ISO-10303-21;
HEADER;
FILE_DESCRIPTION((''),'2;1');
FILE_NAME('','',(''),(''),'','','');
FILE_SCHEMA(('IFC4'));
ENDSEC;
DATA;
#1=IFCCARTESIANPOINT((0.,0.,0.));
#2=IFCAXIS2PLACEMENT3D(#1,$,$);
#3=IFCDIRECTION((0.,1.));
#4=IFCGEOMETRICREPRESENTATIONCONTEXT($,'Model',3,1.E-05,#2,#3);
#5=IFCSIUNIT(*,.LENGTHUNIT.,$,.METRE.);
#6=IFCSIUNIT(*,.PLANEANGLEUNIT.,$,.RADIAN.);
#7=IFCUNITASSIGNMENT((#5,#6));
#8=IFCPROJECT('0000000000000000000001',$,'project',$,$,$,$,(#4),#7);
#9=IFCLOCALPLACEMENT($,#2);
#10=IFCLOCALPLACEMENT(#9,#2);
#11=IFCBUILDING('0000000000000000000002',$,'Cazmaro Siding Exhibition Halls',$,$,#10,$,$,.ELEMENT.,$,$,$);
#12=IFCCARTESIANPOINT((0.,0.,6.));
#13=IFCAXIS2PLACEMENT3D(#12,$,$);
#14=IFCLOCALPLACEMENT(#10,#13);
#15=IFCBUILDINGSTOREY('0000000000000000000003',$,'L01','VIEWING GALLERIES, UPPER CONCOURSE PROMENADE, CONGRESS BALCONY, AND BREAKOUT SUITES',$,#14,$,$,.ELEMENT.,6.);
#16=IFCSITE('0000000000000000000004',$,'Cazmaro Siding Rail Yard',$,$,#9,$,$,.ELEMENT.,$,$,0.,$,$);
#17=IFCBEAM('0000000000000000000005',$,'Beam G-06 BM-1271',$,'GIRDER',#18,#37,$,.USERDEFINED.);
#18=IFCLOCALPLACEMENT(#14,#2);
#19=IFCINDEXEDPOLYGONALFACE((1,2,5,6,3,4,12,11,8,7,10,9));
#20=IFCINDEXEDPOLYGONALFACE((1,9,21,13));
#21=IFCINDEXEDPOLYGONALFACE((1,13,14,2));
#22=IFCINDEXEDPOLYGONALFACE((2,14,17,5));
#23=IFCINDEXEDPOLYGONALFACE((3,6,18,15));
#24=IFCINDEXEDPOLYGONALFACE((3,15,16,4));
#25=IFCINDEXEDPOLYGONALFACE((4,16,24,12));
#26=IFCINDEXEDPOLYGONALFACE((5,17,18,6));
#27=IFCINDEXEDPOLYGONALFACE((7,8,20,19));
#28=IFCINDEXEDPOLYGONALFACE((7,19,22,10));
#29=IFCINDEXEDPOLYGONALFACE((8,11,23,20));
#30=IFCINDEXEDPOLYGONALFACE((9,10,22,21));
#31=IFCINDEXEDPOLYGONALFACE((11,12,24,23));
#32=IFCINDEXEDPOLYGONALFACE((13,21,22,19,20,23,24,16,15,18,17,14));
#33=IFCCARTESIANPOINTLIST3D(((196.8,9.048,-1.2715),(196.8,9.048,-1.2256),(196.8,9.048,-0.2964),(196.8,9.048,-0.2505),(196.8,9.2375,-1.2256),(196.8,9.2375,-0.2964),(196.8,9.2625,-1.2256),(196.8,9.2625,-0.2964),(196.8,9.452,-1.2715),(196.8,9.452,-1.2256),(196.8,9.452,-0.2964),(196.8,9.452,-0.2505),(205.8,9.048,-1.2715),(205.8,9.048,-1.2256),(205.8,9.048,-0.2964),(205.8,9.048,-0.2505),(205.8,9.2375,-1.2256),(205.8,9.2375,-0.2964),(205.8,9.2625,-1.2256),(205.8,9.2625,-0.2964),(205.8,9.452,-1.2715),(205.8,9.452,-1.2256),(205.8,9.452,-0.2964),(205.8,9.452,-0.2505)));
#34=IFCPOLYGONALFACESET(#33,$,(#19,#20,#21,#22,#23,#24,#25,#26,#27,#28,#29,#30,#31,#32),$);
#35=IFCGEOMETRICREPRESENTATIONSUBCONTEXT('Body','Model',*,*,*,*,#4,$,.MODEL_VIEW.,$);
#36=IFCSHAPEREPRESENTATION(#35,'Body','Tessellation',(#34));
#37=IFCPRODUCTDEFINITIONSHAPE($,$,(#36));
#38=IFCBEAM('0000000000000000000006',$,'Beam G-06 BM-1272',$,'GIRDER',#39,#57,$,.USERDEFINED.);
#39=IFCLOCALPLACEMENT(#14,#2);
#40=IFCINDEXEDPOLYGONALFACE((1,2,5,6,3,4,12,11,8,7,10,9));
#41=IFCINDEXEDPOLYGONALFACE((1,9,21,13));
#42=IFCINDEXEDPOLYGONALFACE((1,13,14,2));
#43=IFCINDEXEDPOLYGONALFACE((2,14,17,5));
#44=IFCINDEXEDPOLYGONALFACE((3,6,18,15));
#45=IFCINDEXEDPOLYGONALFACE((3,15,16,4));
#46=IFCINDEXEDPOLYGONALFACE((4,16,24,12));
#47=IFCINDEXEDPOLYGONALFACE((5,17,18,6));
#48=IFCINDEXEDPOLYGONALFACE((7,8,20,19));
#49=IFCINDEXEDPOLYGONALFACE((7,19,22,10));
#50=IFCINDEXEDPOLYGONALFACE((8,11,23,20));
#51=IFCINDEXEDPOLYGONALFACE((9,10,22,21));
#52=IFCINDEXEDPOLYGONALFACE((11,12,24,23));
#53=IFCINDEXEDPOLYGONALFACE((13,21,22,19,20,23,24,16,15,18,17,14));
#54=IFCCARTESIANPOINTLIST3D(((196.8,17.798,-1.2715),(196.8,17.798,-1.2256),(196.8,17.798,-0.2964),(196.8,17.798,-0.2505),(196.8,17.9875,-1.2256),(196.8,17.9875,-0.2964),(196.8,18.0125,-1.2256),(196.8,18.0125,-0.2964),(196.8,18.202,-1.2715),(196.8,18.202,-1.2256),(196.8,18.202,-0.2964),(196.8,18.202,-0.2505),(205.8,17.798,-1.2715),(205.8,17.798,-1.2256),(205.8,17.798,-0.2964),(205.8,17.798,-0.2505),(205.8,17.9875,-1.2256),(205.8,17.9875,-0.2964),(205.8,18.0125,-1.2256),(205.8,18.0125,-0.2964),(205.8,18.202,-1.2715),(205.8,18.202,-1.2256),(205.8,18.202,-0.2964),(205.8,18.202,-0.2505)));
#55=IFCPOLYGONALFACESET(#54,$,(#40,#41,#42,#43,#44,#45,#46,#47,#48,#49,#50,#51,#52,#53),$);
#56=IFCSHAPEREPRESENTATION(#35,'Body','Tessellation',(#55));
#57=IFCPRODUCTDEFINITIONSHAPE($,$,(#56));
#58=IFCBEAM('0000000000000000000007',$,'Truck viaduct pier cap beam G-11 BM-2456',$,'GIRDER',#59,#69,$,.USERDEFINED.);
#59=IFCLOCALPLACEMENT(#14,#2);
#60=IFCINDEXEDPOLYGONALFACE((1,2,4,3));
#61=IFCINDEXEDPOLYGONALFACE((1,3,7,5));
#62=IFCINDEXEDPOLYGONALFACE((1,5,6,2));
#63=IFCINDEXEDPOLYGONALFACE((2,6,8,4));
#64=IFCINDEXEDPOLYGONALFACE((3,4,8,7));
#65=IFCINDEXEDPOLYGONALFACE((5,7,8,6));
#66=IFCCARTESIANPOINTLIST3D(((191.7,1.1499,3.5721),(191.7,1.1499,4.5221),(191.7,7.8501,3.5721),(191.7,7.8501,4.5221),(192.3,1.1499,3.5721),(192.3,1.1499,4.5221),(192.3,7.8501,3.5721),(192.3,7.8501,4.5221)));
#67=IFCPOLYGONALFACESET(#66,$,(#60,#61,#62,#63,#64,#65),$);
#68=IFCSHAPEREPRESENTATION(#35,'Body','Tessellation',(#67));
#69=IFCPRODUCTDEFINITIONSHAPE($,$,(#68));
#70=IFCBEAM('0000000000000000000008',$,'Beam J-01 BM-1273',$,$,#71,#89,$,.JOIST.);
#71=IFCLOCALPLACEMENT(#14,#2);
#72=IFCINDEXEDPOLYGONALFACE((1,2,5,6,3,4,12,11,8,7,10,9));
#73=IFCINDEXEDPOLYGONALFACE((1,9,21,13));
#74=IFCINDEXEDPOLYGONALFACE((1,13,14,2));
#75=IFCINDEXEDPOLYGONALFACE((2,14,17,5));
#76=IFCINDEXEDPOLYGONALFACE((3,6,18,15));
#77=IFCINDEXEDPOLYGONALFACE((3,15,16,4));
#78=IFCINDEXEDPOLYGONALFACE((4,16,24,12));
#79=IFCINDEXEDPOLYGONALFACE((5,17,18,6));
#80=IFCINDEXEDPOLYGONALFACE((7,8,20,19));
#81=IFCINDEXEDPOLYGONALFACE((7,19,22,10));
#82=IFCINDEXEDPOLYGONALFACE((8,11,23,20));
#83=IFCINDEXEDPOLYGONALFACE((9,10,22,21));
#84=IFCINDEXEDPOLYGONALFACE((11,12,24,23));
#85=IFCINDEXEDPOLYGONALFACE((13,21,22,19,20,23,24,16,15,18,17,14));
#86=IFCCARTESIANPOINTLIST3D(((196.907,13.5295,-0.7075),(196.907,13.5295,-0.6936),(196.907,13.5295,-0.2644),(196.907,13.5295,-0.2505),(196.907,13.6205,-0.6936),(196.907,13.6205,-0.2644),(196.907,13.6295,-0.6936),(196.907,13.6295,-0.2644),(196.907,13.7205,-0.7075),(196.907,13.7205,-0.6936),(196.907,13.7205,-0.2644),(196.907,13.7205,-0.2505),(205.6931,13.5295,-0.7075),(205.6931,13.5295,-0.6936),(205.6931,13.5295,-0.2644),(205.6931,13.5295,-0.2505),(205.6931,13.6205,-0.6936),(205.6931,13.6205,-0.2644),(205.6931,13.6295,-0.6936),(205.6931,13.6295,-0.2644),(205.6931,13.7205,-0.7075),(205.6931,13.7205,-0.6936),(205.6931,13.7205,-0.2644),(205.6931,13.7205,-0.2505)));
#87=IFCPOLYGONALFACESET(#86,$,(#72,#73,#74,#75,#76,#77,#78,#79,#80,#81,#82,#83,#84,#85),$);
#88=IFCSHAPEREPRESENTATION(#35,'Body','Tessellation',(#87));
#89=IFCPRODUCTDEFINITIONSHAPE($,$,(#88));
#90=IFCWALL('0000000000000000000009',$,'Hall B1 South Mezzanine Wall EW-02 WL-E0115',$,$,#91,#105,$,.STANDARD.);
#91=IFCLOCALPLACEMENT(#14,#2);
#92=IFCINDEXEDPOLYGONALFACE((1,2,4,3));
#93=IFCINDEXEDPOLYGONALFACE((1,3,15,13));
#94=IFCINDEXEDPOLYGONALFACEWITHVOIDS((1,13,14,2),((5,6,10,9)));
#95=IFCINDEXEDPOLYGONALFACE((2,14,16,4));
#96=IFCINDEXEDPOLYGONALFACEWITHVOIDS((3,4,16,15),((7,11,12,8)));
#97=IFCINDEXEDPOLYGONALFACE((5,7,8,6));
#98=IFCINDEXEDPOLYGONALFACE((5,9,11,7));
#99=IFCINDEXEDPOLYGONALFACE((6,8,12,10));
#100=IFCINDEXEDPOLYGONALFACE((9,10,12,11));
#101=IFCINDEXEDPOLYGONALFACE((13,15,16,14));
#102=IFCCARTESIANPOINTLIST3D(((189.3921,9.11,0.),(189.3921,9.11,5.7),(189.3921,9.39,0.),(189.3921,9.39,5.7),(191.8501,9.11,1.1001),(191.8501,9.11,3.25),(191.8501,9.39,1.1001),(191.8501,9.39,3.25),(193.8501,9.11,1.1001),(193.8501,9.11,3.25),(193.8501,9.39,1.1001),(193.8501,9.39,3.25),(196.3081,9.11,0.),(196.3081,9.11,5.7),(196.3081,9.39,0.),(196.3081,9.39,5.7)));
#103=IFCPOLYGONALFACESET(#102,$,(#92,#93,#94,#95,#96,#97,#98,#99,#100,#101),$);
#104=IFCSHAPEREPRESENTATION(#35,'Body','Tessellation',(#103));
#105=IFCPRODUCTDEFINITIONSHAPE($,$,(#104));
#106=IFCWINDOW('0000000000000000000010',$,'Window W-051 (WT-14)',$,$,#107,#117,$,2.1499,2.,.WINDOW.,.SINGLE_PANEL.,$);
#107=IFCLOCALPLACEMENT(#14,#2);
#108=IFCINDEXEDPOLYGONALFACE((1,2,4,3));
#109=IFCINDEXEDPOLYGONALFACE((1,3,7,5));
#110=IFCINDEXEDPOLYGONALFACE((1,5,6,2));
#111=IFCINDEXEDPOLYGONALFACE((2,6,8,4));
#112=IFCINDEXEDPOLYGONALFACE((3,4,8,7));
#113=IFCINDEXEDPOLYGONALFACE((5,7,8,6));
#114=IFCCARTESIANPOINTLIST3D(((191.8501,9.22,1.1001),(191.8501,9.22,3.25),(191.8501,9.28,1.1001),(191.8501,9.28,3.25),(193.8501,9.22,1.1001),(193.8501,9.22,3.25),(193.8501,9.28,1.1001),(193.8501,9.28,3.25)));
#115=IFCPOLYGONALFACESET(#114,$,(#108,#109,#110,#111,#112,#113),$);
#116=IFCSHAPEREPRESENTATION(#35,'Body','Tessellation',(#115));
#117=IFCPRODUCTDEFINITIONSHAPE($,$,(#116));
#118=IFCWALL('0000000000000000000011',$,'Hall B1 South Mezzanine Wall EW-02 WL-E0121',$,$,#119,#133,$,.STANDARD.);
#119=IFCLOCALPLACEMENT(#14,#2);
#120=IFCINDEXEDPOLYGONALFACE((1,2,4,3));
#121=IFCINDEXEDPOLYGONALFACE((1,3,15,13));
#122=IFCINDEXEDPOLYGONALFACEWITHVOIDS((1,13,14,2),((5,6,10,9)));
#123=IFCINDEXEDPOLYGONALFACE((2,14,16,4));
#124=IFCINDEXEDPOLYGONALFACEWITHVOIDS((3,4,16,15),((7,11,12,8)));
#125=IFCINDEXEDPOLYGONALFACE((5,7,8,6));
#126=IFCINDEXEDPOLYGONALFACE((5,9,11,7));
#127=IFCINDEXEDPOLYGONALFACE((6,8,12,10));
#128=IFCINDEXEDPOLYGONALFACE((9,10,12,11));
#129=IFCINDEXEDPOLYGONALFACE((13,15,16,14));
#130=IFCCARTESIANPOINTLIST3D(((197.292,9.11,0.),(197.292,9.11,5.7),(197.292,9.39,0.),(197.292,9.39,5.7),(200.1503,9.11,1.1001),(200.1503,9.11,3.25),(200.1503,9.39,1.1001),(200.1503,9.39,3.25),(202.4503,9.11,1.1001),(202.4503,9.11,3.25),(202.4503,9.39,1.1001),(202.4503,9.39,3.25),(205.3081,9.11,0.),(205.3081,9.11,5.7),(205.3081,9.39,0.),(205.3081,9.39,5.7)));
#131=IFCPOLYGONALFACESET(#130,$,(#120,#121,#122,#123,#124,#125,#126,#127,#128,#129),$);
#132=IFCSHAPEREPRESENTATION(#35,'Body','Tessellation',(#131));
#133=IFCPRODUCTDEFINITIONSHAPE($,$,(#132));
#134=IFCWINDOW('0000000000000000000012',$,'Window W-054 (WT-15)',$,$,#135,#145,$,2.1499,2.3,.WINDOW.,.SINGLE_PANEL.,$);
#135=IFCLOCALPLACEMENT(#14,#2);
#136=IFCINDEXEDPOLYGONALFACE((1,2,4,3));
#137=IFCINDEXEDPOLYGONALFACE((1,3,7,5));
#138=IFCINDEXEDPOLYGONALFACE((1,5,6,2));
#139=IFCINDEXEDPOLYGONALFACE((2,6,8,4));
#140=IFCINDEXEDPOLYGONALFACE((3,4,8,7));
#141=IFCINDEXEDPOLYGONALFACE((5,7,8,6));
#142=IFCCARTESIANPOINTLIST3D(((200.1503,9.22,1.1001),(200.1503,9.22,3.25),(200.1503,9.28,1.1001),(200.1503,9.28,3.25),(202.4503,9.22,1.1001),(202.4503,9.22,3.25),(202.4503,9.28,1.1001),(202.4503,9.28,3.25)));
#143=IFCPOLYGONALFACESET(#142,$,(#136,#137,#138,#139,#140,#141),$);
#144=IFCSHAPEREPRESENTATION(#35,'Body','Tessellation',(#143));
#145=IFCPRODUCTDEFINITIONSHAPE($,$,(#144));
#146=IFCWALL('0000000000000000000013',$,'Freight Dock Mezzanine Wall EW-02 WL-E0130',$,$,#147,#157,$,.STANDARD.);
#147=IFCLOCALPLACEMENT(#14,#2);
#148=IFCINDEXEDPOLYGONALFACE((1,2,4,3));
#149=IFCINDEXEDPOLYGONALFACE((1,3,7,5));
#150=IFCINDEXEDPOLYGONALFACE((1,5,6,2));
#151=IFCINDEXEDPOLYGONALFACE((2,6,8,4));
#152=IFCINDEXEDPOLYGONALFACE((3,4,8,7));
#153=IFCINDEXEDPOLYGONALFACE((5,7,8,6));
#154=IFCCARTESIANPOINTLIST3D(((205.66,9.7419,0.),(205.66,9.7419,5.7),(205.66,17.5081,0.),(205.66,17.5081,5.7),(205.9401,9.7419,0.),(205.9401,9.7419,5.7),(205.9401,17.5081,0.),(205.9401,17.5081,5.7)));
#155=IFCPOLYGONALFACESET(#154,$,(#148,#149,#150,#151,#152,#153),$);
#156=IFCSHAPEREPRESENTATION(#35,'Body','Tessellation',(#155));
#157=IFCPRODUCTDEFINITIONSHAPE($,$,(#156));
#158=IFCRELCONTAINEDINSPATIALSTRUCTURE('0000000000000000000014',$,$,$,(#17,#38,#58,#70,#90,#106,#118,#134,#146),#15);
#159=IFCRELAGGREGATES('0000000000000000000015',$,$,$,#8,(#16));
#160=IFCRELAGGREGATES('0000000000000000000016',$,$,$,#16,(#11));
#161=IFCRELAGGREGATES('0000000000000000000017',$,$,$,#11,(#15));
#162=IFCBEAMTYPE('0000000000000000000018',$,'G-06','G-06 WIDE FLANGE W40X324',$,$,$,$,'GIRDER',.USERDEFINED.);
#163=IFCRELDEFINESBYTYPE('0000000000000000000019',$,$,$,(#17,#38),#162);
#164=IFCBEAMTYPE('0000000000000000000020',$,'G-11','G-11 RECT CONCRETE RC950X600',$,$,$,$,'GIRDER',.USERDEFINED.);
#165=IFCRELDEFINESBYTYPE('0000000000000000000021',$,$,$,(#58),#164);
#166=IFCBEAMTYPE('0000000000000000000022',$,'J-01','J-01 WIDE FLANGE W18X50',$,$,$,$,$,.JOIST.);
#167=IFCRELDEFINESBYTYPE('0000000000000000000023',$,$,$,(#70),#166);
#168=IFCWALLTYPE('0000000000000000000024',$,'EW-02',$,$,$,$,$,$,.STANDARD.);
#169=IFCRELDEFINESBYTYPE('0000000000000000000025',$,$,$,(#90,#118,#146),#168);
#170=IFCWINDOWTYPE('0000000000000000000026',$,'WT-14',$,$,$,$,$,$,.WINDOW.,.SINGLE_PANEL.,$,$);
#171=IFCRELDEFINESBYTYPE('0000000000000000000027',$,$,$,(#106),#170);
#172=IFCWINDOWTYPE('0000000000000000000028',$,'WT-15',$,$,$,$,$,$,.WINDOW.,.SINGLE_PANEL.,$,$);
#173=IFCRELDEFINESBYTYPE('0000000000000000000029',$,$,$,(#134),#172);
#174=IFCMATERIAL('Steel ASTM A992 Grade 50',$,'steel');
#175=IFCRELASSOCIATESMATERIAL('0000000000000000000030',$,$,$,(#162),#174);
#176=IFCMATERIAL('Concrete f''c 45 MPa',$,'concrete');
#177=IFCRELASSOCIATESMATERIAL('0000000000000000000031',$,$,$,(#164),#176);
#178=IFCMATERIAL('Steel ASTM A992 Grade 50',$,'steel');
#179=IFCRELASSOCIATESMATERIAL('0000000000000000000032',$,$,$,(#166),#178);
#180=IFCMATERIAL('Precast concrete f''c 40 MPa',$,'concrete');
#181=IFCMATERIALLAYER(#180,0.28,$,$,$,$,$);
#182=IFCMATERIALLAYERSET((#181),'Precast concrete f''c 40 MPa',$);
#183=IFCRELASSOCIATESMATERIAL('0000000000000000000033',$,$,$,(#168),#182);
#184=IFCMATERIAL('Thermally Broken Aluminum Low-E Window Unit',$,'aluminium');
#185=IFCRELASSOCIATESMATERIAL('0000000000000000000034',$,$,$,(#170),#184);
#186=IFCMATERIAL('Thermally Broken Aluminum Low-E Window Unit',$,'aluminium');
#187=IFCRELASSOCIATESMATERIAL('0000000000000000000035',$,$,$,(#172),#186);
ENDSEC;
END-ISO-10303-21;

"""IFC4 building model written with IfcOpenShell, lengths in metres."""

from ifc_helpers import new_model, si_unit, direction, frame, frame_2d, origin, origin_2d, place, context, subcontext, project, spatial, rectangle, i_section, extrude, material, layer, layer_set, material_profile, profile_set, type_object, element, fill, save


model = new_model("IFC4")

# Units and contexts
model_context = context("Model", 3, precision=1e-05, world=origin(), true_north=direction((0.0, 1.0)))
body_context = subcontext(model_context, "Body", "Model", "MODEL_VIEW")
ifc_project = project(units=[si_unit("LENGTHUNIT", "METRE"), si_unit("PLANEANGLEUNIT", "RADIAN")], contexts=[model_context])

# Site, building, storey
site_placement = place(None, origin())
site = spatial("IfcSite", under=ifc_project, at=site_placement, Name="Cazmaro Siding Rail Yard", CompositionType="ELEMENT", RefElevation=0.0)
building_placement = place(site_placement, origin())
building = spatial("IfcBuilding", under=site, at=building_placement, Name="Cazmaro Siding Exhibition Halls", CompositionType="ELEMENT")
storey_placement = place(building_placement, frame((0.0, 0.0, 6.0)))
storey = spatial("IfcBuildingStorey", under=building, at=storey_placement, Name="L01", Description="VIEWING GALLERIES, UPPER CONCOURSE PROMENADE, CONGRESS BALCONY, AND BREAKOUT SUITES", CompositionType="ELEMENT", Elevation=6.0)

# Beams
ifc_material_1 = material(Name="Steel ASTM A992 Grade 50", Category="steel")
ifc_material_profile_1 = material_profile(ifc_material_1, i_section(OverallWidth=0.4041, OverallDepth=1.021, WebThickness=0.0249, FlangeThickness=0.0459, at=origin_2d()), Name="W40X324")
ifc_profile_set_1 = profile_set([ifc_material_profile_1], Name="Steel ASTM A992 Grade 50")
beam_type_1 = type_object("IfcBeamType", Name="G-06", Description="G-06 WIDE FLANGE W40X324", ElementType="GIRDER", PredefinedType="USERDEFINED", material=ifc_profile_set_1)
for number, where, z_axis, x_axis, name in (
    (1, (196.8, 9.25, -0.761), (1.0, 0.0, 0.0), (0.0, 1.0, 0.0), "Beam G-06 BM-1271"),
    (2, (196.8, 18.0, -0.761), (1.0, 0.0, 0.0), (0.0, 1.0, 0.0), "Beam G-06 BM-1272"),
):
    element("IfcBeam", number, at=place(storey_placement, frame(where, z_axis=z_axis, x_axis=x_axis)), inside=storey, type_object=beam_type_1, Name=name, ObjectType="GIRDER", PredefinedType="USERDEFINED", context=body_context, shape_type="SweptSolid", body=[
        extrude(i_section(OverallWidth=0.4041, OverallDepth=1.021, WebThickness=0.0249, FlangeThickness=0.0459, at=origin_2d()), origin(), (0.0, 0.0, 1.0), 9.0),
    ])
ifc_material_2 = material(Name="Concrete f'c 45 MPa", Category="concrete")
ifc_material_profile_2 = material_profile(ifc_material_2, rectangle(XDim=0.6001, YDim=0.95, at=origin_2d()), Name="RC950X600")
ifc_profile_set_2 = profile_set([ifc_material_profile_2], Name="Concrete f'c 45 MPa")
beam_type_2 = type_object("IfcBeamType", Name="G-11", Description="G-11 RECT CONCRETE RC950X600", ElementType="GIRDER", PredefinedType="USERDEFINED", material=ifc_profile_set_2)
beam_1_placement = place(storey_placement, frame((192.0, 1.1499, 4.0471), z_axis=(0.0, 1.0, 0.0), x_axis=(-1.0, 0.0, 0.0)))
element("IfcBeam", 3, at=beam_1_placement, inside=storey, type_object=beam_type_2, Name="Truck viaduct pier cap beam G-11 BM-2456", ObjectType="GIRDER", PredefinedType="USERDEFINED", context=body_context, shape_type="SweptSolid", body=[
    extrude(rectangle(XDim=0.6001, YDim=0.95, at=origin_2d()), origin(), (0.0, 0.0, 1.0), 6.7002),
])
ifc_material_3 = material(Name="Steel ASTM A992 Grade 50", Category="steel")
ifc_material_profile_3 = material_profile(ifc_material_3, i_section(OverallWidth=0.1909, OverallDepth=0.457, WebThickness=0.009, FlangeThickness=0.0139, at=origin_2d()), Name="W18X50")
ifc_profile_set_3 = profile_set([ifc_material_profile_3], Name="Steel ASTM A992 Grade 50")
beam_type_3 = type_object("IfcBeamType", Name="J-01", Description="J-01 WIDE FLANGE W18X50", PredefinedType="JOIST", material=ifc_profile_set_3)
beam_2_placement = place(storey_placement, frame((196.907, 13.625, -0.479), z_axis=(1.0, 0.0, 0.0), x_axis=(0.0, 1.0, 0.0)))
element("IfcBeam", 4, at=beam_2_placement, inside=storey, type_object=beam_type_3, Name="Beam J-01 BM-1273", PredefinedType="JOIST", context=body_context, shape_type="SweptSolid", body=[
    extrude(i_section(OverallWidth=0.1909, OverallDepth=0.457, WebThickness=0.009, FlangeThickness=0.0139, at=origin_2d()), origin(), (0.0, 0.0, 1.0), 8.7861),
])

# Walls, openings, windows
ifc_material_4 = material(Name="Precast concrete f'c 40 MPa", Category="concrete")
ifc_layer = layer(ifc_material_4, 0.28)
ifc_layer_set = layer_set([ifc_layer], Name="Precast concrete f'c 40 MPa")
wall_type = type_object("IfcWallType", Name="EW-02", PredefinedType="STANDARD", material=ifc_layer_set)
wall_1_placement = place(storey_placement, frame((196.3081, 9.25, 0.0), z_axis=(0.0, 0.0, 1.0), x_axis=(-1.0, 0.0, 0.0)))
wall_1 = element("IfcWall", 5, at=wall_1_placement, inside=storey, type_object=wall_type, Name="Hall B1 South Mezzanine Wall EW-02 WL-E0115", PredefinedType="STANDARD", context=body_context, shape_type="SweptSolid", body=[
    extrude(rectangle(XDim=6.916, YDim=0.28, at=frame_2d((3.458, 0.0))), origin(), (0.0, 0.0, 1.0), 5.7),
])
opening_1_placement = place(wall_1_placement, frame((2.458, 0.0, 1.1001)))
opening_1 = element("IfcOpeningElement", 6, at=opening_1_placement, cuts=wall_1, PredefinedType="OPENING", context=body_context, shape_type="SweptSolid", body=[
    extrude(rectangle(XDim=2.0, YDim=2.1499, at=frame_2d((1.0, 1.075))), frame((0.0, 0.1499, 0.0), z_axis=(0.0, -1.0, 0.0), x_axis=(1.0, 0.0, 0.0)), (0.0, 0.0, 1.0), 0.3),
])
ifc_material_5 = material(Name="Thermally Broken Aluminum Low-E Window Unit", Category="aluminium")
window_type_1 = type_object("IfcWindowType", Name="WT-14", PartitioningType="SINGLE_PANEL", PredefinedType="WINDOW", material=ifc_material_5)
window_1_placement = place(opening_1_placement, origin())
window_1 = element("IfcWindow", 7, at=window_1_placement, inside=storey, type_object=window_type_1, Name="Window W-051 (WT-14)", OverallHeight=2.1499, OverallWidth=2.0, PartitioningType="SINGLE_PANEL", PredefinedType="WINDOW", context=body_context, shape_type="SweptSolid", body=[
    extrude(rectangle(XDim=2.0, YDim=2.1499, at=frame_2d((1.0, 1.075))), frame((0.0, 0.03, 0.0), z_axis=(0.0, -1.0, 0.0), x_axis=(1.0, 0.0, 0.0)), (0.0, 0.0, 1.0), 0.0601),
])
fill(opening_1, window_1)
wall_2_placement = place(storey_placement, frame((205.3081, 9.25, 0.0), z_axis=(0.0, 0.0, 1.0), x_axis=(-1.0, 0.0, 0.0)))
wall_2 = element("IfcWall", 8, at=wall_2_placement, inside=storey, type_object=wall_type, Name="Hall B1 South Mezzanine Wall EW-02 WL-E0121", PredefinedType="STANDARD", context=body_context, shape_type="SweptSolid", body=[
    extrude(rectangle(XDim=8.0161, YDim=0.28, at=frame_2d((4.0081, 0.0))), origin(), (0.0, 0.0, 1.0), 5.7),
])
opening_2_placement = place(wall_2_placement, frame((2.8579, 0.0, 1.1001)))
opening_2 = element("IfcOpeningElement", 9, at=opening_2_placement, cuts=wall_2, PredefinedType="OPENING", context=body_context, shape_type="SweptSolid", body=[
    extrude(rectangle(XDim=2.3, YDim=2.1499, at=frame_2d((1.1499, 1.075))), frame((0.0, 0.1499, 0.0), z_axis=(0.0, -1.0, 0.0), x_axis=(1.0, 0.0, 0.0)), (0.0, 0.0, 1.0), 0.3),
])
ifc_material_6 = material(Name="Thermally Broken Aluminum Low-E Window Unit", Category="aluminium")
window_type_2 = type_object("IfcWindowType", Name="WT-15", PartitioningType="SINGLE_PANEL", PredefinedType="WINDOW", material=ifc_material_6)
window_2_placement = place(opening_2_placement, origin())
window_2 = element("IfcWindow", 10, at=window_2_placement, inside=storey, type_object=window_type_2, Name="Window W-054 (WT-15)", OverallHeight=2.1499, OverallWidth=2.3, PartitioningType="SINGLE_PANEL", PredefinedType="WINDOW", context=body_context, shape_type="SweptSolid", body=[
    extrude(rectangle(XDim=2.3, YDim=2.1499, at=frame_2d((1.1499, 1.075))), frame((0.0, 0.03, 0.0), z_axis=(0.0, -1.0, 0.0), x_axis=(1.0, 0.0, 0.0)), (0.0, 0.0, 1.0), 0.0601),
])
fill(opening_2, window_2)

# Wall
wall_3_placement = place(storey_placement, frame((205.8, 17.5081, 0.0), z_axis=(0.0, 0.0, 1.0), x_axis=(0.0, -1.0, 0.0)))
element("IfcWall", 11, at=wall_3_placement, inside=storey, type_object=wall_type, Name="Freight Dock Mezzanine Wall EW-02 WL-E0130", PredefinedType="STANDARD", context=body_context, shape_type="SweptSolid", body=[
    extrude(rectangle(XDim=7.7661, YDim=0.28, at=frame_2d((3.8831, 0.0))), origin(), (0.0, 0.0, 1.0), 5.7),
])

save(model, "model.ifc")
